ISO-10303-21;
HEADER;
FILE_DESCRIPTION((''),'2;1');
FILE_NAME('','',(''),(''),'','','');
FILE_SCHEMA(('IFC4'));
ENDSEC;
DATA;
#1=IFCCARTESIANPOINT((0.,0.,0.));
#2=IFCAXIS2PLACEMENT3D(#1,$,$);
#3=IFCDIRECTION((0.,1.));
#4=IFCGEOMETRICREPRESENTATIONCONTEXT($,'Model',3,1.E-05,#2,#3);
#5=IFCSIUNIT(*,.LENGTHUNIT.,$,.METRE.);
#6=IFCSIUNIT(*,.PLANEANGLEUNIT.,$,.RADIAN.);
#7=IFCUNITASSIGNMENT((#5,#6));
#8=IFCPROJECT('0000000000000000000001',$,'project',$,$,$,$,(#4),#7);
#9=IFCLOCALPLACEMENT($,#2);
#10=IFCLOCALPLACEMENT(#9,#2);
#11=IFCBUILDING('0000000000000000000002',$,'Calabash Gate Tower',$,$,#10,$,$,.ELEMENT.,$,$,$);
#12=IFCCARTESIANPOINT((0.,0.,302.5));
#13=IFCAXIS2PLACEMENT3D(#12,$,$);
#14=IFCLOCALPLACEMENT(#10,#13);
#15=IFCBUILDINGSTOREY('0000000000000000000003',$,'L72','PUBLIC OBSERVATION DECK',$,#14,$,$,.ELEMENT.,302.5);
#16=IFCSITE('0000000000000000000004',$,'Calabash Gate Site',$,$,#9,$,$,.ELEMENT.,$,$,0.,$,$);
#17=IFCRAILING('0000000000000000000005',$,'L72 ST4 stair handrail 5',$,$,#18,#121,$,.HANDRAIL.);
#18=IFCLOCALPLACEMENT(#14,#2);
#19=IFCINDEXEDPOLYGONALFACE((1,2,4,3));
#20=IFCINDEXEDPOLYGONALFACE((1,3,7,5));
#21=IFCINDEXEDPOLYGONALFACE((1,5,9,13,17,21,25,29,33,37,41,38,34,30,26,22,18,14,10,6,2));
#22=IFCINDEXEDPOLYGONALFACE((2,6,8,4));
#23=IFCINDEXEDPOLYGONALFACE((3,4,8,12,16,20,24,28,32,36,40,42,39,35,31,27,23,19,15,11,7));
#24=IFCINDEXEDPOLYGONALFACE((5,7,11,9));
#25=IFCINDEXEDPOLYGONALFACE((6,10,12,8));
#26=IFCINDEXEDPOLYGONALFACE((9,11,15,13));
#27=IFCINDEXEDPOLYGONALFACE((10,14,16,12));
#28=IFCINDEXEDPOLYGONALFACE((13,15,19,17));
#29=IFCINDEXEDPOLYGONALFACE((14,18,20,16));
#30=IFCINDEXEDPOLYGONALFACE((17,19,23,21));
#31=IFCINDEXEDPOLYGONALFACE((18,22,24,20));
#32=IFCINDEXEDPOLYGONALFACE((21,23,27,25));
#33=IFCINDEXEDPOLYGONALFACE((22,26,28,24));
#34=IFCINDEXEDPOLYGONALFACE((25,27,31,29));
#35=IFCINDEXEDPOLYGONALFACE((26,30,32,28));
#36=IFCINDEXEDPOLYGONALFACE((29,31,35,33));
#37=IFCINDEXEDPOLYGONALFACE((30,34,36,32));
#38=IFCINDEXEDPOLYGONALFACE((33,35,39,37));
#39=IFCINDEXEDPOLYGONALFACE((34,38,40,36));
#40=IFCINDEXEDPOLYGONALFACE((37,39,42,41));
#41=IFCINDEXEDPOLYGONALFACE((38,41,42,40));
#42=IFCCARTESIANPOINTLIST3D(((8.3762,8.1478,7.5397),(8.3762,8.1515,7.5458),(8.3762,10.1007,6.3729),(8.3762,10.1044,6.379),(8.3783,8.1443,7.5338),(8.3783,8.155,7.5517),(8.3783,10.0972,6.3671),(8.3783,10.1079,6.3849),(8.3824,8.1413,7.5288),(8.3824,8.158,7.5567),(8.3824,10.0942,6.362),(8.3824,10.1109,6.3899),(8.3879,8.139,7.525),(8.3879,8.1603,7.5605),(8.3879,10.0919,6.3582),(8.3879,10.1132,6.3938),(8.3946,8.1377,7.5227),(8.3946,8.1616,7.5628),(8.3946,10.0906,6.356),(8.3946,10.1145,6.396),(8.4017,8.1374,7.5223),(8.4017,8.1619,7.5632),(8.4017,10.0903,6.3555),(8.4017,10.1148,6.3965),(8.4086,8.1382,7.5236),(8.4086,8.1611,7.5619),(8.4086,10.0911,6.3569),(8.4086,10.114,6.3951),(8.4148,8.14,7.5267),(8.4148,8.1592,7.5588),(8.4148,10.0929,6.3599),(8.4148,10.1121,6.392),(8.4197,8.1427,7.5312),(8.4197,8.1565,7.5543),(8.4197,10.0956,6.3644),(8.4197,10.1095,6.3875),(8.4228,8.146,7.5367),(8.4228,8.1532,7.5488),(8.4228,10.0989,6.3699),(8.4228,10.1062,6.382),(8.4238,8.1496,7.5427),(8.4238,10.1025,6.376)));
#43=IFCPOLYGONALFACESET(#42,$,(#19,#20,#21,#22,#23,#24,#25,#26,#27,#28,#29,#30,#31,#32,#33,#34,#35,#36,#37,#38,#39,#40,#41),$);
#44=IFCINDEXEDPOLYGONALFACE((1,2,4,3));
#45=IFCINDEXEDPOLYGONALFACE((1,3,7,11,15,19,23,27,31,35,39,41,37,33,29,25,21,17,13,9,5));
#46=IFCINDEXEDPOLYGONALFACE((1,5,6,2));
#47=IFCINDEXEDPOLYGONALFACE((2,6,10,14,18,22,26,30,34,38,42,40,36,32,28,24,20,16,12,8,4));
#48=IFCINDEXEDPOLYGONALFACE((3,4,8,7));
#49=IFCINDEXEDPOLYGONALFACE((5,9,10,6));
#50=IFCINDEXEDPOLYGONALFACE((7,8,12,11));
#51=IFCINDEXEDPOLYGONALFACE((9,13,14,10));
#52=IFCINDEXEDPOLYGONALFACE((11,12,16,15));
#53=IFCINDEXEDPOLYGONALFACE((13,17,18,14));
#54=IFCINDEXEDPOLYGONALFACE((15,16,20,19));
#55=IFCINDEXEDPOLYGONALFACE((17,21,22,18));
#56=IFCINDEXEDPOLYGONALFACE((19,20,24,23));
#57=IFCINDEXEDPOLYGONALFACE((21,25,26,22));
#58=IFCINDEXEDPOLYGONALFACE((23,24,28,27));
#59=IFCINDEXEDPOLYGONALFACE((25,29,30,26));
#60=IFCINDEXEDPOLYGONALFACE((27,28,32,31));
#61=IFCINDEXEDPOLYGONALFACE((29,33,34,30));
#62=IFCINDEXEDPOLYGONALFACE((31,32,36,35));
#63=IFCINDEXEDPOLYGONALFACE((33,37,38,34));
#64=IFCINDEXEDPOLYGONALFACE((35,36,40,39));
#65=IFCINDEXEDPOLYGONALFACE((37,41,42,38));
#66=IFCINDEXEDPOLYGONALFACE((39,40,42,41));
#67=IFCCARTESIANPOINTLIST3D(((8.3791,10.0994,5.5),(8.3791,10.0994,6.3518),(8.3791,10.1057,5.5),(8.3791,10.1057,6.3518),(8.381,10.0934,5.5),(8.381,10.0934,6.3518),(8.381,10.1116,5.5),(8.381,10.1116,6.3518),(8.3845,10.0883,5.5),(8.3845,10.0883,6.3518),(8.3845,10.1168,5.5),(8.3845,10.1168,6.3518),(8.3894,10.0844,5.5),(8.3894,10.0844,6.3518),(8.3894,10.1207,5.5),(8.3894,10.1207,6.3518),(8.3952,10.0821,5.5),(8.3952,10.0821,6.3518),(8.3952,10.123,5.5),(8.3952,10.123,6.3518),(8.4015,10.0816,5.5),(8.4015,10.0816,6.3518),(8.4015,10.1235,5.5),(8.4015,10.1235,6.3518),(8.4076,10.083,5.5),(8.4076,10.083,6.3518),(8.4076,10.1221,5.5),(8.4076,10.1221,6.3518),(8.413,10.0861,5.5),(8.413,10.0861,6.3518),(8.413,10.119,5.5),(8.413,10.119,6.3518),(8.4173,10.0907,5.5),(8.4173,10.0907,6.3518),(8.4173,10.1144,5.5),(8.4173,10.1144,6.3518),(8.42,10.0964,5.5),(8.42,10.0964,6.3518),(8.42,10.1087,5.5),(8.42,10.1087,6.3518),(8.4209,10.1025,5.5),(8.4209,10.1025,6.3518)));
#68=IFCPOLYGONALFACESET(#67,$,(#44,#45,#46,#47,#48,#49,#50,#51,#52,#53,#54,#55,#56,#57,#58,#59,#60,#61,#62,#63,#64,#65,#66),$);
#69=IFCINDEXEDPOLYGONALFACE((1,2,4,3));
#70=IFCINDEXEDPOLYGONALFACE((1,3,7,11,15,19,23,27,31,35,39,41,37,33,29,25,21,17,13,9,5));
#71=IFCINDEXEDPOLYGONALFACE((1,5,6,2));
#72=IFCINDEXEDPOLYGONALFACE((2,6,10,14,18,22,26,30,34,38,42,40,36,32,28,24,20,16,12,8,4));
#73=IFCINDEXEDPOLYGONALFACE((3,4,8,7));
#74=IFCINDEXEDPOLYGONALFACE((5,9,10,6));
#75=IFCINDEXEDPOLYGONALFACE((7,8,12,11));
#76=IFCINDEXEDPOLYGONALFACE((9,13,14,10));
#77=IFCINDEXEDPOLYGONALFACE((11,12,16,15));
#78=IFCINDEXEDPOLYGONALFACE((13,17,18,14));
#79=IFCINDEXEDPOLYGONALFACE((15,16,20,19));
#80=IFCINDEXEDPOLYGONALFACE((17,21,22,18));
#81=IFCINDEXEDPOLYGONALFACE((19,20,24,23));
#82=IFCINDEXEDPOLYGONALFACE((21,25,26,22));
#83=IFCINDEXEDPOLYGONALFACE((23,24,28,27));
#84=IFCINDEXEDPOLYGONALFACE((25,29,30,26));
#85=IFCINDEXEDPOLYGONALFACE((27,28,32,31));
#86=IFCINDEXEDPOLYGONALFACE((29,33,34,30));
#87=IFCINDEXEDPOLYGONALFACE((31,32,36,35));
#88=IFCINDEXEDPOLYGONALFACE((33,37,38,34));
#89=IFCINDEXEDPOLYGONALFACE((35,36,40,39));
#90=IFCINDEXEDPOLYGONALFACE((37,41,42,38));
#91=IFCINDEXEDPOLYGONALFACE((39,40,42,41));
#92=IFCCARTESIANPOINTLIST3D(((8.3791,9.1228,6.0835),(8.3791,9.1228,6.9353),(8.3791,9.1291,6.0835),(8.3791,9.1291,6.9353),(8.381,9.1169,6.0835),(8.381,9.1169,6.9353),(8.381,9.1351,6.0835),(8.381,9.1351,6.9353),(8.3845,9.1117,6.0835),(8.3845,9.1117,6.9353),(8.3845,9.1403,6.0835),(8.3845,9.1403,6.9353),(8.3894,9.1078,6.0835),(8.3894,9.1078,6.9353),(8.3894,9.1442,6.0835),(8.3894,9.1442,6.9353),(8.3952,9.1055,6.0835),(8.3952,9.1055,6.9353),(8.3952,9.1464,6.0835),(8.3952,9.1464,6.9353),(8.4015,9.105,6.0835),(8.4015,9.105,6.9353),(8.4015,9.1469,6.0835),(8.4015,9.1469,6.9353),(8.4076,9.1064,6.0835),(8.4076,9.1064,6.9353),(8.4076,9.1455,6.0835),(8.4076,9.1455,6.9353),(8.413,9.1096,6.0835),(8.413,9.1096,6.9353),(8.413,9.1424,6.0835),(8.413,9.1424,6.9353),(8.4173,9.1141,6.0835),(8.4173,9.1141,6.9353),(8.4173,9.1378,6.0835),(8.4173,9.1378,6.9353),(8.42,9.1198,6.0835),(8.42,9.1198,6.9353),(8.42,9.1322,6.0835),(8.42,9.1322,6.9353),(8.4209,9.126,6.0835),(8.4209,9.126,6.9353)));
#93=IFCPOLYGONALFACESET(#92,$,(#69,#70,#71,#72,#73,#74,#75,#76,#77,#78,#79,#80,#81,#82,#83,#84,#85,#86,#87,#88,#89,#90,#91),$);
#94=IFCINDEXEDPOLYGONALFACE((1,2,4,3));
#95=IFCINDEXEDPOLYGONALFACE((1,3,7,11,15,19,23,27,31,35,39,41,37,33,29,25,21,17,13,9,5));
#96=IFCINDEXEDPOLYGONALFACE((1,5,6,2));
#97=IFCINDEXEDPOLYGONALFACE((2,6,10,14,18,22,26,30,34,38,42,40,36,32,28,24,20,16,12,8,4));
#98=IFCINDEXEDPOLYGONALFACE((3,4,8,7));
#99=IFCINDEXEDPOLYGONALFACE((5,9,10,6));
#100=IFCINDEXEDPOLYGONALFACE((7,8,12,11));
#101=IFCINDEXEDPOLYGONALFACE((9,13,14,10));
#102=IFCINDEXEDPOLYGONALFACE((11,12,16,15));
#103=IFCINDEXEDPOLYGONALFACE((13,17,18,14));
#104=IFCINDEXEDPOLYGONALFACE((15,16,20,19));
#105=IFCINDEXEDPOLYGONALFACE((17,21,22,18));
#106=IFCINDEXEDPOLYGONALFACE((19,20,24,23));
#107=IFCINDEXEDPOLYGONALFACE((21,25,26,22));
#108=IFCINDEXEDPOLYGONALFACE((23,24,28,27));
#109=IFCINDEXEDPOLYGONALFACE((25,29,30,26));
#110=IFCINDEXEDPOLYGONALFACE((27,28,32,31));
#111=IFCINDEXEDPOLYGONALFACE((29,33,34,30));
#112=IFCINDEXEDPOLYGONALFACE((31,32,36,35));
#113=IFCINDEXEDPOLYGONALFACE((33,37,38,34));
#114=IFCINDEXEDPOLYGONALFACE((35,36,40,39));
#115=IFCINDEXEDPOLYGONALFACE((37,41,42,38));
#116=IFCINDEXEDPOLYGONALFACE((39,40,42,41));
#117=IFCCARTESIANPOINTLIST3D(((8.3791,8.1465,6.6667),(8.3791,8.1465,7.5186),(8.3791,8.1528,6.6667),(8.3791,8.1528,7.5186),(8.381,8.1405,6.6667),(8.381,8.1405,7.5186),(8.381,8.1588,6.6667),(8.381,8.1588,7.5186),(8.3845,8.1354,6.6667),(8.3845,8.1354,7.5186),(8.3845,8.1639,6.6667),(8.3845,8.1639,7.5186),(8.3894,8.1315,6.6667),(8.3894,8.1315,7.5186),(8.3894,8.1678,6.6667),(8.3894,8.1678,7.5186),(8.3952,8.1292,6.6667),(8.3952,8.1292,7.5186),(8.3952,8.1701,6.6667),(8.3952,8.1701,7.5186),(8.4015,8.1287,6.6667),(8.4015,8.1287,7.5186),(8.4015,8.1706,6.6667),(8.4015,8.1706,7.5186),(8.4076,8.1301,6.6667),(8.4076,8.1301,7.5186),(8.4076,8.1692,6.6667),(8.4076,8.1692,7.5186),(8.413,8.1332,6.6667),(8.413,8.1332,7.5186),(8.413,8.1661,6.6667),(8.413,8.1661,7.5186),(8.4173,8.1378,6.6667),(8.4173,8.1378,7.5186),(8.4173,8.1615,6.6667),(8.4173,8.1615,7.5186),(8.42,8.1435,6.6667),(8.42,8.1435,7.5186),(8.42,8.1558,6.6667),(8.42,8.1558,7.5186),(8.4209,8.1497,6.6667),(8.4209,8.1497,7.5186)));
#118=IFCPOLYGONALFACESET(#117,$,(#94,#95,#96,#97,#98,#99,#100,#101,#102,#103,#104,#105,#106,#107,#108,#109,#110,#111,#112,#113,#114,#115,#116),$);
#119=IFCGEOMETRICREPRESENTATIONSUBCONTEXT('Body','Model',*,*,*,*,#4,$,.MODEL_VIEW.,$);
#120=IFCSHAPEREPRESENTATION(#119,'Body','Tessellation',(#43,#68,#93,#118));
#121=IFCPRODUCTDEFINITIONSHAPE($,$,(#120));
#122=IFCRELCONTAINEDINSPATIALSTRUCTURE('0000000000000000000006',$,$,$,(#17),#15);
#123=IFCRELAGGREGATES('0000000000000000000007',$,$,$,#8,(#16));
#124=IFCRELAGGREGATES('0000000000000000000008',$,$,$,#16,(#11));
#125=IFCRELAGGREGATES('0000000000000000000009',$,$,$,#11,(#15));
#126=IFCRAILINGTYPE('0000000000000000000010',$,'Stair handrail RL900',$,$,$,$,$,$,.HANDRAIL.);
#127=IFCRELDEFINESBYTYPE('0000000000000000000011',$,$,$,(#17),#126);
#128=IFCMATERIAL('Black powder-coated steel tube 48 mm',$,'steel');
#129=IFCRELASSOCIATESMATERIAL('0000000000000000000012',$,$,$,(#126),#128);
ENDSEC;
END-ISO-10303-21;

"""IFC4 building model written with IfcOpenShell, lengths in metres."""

from ifc_helpers import new_model, si_unit, direction, frame, origin, origin_2d, place, context, subcontext, project, spatial, circle, extrude, material, type_object, element, save


model = new_model("IFC4")

# Units and contexts
model_context = context("Model", 3, precision=1e-05, world=origin(), true_north=direction((0.0, 1.0)))
body_context = subcontext(model_context, "Body", "Model", "MODEL_VIEW")
ifc_project = project(units=[si_unit("LENGTHUNIT", "METRE"), si_unit("PLANEANGLEUNIT", "RADIAN")], contexts=[model_context])

# Site, building, storey
site_placement = place(None, origin())
site = spatial("IfcSite", under=ifc_project, at=site_placement, Name="Calabash Gate Site", CompositionType="ELEMENT", RefElevation=0.0)
building_placement = place(site_placement, origin())
building = spatial("IfcBuilding", under=site, at=building_placement, Name="Calabash Gate Tower", CompositionType="ELEMENT")
storey_placement = place(building_placement, frame((0.0, 0.0, 302.5)))
storey = spatial("IfcBuildingStorey", under=building, at=storey_placement, Name="L72", Description="PUBLIC OBSERVATION DECK", CompositionType="ELEMENT", Elevation=302.5)

# Railing
ifc_material_1 = material(Name="Black powder-coated steel tube 48 mm", Category="steel")
railing_type_1 = type_object("IfcRailingType", Name="Stair handrail RL900", PredefinedType="HANDRAIL", material=ifc_material_1)
railing_1_placement = place(storey_placement, frame((8.3999, 10.1025, 5.5)))
element("IfcRailing", 1, at=railing_1_placement, inside=storey, type_object=railing_type_1, Name="L72 ST4 stair handrail 5", PredefinedType="HANDRAIL", context=body_context, shape_type="SweptSolid", body=[
    extrude(circle(Radius=0.0239, at=origin_2d()), frame((0.0, 0.0, 0.876), z_axis=(0.0, -0.858457, 0.512885), x_axis=(1.0, 0.0, 0.0)), (0.0, 0.0, 1.0), 2.2749),
    extrude(circle(Radius=0.021, at=origin_2d()), origin(), (0.0, 0.0, 1.0), 0.8518),
    extrude(circle(Radius=0.021, at=origin_2d()), frame((0.0, -0.9766, 0.5835)), (0.0, 0.0, 1.0), 0.8518),
    extrude(circle(Radius=0.021, at=origin_2d()), frame((0.0, -1.9529, 1.1667)), (0.0, 0.0, 1.0), 0.8518),
])

save(model, "model.ifc")
